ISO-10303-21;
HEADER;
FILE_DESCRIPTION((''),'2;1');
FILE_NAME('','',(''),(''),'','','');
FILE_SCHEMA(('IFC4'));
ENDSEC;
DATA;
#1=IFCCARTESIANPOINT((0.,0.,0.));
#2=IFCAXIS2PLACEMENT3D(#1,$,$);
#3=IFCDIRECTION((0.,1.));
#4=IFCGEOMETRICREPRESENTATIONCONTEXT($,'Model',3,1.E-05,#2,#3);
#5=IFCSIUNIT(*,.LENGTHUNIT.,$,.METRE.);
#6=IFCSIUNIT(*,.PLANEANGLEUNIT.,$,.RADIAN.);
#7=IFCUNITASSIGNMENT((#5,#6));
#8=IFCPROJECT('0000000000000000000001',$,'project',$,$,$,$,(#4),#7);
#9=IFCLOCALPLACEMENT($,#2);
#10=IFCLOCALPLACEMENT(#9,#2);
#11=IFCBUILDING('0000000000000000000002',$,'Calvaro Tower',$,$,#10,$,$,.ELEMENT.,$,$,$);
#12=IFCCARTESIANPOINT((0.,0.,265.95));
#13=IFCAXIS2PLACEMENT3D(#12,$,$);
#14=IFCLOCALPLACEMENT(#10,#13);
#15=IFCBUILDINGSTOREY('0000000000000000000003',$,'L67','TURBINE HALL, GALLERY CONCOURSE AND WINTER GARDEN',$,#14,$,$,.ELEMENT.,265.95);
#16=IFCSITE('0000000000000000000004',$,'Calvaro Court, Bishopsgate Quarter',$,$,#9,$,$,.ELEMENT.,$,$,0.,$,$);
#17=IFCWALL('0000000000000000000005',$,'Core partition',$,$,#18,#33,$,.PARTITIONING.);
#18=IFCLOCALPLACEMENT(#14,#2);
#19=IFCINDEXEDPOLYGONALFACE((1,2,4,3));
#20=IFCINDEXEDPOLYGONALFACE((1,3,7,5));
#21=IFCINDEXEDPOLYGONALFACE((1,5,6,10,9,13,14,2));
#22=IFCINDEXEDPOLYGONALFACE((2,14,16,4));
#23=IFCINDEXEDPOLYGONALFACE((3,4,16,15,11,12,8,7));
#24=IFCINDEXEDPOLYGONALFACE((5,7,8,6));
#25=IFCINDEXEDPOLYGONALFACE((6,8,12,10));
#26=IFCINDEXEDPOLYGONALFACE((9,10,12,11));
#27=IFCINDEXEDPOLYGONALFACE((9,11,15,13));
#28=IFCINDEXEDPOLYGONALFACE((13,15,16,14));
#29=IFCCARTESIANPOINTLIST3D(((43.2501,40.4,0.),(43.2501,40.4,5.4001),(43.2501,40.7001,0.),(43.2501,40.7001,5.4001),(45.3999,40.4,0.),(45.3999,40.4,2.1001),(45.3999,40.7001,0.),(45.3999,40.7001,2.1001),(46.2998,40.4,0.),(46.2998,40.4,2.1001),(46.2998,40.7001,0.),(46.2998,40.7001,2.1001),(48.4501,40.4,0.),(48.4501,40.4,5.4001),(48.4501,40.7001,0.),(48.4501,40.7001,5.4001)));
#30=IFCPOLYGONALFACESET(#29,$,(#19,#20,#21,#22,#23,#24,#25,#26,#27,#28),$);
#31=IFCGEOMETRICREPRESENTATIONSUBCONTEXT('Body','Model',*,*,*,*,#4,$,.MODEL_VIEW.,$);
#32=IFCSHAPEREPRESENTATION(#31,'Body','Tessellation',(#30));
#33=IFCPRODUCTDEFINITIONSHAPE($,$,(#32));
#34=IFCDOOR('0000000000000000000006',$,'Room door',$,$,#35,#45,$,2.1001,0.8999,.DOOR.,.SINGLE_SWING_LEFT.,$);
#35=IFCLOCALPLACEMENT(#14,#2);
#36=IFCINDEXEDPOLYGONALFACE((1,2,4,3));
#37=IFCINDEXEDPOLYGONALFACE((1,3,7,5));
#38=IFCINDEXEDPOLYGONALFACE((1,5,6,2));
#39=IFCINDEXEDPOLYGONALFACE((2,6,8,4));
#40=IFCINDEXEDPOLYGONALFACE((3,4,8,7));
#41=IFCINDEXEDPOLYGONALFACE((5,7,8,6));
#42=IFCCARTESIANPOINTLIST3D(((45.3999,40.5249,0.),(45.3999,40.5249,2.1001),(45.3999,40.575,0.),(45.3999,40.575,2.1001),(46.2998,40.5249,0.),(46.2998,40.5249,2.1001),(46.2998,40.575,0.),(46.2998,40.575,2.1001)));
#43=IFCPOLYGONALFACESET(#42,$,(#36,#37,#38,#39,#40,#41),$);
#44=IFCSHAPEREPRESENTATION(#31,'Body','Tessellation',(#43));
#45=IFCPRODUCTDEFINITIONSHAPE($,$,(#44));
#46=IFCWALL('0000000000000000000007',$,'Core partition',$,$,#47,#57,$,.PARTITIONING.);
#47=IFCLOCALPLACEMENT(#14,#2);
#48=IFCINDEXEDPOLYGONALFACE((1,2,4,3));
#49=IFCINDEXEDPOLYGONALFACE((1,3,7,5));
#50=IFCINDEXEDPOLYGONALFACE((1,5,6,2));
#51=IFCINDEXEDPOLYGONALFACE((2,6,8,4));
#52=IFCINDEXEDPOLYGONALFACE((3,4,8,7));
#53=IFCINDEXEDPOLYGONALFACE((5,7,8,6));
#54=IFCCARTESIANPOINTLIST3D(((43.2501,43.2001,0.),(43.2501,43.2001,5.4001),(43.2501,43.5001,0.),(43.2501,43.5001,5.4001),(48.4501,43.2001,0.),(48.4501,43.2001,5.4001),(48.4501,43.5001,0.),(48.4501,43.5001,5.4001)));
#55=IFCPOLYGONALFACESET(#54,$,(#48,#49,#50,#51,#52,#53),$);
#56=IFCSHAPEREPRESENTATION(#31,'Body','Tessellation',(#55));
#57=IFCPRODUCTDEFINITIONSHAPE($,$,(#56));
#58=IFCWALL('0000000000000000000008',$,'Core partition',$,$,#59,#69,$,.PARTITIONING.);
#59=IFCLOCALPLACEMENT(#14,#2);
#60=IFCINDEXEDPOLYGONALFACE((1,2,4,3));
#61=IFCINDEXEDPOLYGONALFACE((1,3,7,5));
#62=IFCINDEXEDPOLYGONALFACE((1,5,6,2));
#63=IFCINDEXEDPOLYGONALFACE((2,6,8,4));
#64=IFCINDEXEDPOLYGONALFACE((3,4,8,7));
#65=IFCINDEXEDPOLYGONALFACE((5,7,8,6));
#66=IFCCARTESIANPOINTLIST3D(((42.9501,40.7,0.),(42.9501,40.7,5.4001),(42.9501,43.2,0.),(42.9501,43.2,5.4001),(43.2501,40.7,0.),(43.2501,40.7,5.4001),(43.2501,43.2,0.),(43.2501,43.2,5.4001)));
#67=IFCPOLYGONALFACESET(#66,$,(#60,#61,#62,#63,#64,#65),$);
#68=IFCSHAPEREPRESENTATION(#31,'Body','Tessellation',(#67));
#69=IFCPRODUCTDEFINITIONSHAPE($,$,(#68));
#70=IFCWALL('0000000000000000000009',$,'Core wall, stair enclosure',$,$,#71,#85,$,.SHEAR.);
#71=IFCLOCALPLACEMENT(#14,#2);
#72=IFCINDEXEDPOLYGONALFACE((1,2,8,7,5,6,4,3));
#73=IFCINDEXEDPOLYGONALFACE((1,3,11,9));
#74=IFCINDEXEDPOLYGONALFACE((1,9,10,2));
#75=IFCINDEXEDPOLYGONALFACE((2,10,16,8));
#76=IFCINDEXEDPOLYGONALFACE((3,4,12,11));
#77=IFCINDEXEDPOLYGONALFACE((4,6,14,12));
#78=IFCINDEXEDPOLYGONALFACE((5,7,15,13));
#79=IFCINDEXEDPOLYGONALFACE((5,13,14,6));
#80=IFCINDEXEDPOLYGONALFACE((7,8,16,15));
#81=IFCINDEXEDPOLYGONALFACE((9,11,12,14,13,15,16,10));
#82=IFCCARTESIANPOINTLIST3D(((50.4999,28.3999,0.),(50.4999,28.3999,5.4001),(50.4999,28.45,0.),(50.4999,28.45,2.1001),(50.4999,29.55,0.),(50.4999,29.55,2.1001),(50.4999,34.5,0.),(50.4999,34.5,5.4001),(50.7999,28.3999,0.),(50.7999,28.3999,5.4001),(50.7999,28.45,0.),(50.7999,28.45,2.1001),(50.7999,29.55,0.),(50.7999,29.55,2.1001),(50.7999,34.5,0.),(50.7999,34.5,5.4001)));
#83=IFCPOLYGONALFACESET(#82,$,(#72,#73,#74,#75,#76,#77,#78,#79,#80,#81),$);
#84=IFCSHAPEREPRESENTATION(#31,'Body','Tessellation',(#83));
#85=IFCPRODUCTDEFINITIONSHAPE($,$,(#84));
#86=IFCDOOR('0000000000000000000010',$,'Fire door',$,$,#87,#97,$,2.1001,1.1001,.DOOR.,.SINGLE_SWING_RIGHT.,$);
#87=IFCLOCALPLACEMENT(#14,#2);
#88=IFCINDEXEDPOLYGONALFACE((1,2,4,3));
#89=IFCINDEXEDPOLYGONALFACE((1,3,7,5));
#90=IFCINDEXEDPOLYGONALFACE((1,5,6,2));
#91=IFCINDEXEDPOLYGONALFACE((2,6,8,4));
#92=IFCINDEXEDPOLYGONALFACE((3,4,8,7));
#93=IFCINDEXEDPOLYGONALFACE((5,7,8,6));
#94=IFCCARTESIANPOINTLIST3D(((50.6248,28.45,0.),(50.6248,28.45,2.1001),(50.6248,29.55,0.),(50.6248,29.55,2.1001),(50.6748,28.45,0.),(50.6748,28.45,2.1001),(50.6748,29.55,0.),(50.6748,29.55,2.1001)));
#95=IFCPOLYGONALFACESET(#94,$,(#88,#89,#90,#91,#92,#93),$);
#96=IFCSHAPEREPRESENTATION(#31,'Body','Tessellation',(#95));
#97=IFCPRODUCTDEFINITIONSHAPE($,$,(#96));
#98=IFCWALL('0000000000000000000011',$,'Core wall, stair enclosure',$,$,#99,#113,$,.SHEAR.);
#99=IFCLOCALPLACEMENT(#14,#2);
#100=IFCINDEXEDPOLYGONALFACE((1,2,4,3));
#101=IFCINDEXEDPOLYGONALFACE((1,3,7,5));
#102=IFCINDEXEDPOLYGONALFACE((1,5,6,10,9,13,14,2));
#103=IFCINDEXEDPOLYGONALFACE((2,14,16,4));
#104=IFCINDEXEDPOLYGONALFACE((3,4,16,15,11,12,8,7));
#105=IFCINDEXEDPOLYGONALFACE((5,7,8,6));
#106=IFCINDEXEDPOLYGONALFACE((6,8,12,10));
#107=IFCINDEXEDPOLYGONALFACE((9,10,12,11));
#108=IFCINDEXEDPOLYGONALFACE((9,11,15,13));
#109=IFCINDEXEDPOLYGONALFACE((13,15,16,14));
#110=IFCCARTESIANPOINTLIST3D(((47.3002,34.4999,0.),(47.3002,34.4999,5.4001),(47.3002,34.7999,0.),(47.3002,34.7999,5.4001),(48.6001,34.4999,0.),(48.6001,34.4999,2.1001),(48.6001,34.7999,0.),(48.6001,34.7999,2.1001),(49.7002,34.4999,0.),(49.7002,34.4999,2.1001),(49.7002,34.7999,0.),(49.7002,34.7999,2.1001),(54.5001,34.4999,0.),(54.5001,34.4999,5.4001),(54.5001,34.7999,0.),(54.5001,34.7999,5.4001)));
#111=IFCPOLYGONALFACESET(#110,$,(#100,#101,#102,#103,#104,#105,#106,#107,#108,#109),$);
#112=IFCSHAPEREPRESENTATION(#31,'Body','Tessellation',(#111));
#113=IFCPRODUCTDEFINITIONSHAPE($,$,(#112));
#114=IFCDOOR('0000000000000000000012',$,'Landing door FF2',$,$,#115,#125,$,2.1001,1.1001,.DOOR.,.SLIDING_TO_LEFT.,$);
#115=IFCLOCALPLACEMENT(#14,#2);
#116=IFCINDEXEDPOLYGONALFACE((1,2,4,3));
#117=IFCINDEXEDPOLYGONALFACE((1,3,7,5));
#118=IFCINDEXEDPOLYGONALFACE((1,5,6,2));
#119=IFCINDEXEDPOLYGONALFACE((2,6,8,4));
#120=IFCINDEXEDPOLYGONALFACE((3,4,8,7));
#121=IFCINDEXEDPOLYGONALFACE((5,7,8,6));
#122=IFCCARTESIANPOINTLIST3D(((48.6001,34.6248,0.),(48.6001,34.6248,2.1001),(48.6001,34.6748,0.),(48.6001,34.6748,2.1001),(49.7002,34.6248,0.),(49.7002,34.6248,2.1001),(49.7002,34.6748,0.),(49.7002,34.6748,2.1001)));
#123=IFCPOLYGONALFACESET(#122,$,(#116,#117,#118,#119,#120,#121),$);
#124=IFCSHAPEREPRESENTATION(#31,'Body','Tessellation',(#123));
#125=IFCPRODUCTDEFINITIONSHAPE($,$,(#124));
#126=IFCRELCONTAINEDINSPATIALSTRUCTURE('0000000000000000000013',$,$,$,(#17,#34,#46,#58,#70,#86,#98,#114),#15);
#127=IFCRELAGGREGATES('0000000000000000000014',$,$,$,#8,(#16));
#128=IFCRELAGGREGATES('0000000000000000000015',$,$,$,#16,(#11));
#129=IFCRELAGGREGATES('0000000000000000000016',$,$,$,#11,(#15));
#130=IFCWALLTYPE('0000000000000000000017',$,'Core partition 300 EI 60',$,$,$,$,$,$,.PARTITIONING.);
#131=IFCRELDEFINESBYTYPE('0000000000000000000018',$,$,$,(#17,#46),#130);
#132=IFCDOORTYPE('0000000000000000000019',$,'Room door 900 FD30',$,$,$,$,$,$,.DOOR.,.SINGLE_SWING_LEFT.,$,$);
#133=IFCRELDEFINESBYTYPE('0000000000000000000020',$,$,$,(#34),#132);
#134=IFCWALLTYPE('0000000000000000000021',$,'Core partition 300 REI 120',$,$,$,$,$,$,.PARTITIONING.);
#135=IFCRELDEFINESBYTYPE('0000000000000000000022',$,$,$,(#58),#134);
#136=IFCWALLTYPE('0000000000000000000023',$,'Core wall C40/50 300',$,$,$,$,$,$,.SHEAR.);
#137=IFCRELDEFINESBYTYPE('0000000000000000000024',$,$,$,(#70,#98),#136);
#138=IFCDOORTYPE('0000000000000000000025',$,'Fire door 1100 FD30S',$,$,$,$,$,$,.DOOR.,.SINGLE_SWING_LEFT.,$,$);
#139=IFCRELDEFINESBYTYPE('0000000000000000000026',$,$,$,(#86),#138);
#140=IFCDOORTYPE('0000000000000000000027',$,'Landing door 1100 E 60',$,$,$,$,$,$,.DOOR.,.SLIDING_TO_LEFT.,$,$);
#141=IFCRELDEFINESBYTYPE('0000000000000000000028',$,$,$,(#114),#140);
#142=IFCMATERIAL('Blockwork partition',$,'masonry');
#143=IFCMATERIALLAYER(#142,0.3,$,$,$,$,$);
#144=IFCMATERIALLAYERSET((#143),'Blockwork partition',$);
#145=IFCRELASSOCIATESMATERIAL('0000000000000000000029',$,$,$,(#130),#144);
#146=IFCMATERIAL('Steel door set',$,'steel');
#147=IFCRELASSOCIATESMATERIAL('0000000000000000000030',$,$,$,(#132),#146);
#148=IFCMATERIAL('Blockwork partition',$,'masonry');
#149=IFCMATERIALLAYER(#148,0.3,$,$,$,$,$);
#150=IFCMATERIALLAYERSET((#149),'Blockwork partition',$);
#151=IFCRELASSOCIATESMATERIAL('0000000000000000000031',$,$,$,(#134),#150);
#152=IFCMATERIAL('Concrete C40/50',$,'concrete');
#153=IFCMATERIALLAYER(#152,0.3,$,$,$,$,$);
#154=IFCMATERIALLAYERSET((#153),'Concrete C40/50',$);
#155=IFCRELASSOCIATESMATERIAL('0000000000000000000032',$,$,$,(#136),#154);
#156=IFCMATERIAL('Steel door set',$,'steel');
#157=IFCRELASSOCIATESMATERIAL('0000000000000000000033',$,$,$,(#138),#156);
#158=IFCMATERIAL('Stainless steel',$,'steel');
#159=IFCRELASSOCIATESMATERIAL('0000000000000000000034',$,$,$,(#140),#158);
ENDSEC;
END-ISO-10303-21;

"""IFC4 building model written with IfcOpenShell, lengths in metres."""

from ifc_helpers import new_model, si_unit, direction, frame, frame_2d, origin, place, context, subcontext, project, spatial, rectangle, extrude, material, layer, layer_set, type_object, element, fill, save


model = new_model("IFC4")

# Units and contexts
model_context = context("Model", 3, precision=1e-05, world=origin(), true_north=direction((0.0, 1.0)))
body_context = subcontext(model_context, "Body", "Model", "MODEL_VIEW")
ifc_project = project(units=[si_unit("LENGTHUNIT", "METRE"), si_unit("PLANEANGLEUNIT", "RADIAN")], contexts=[model_context])

# Site, building, storey
site_placement = place(None, origin())
site = spatial("IfcSite", under=ifc_project, at=site_placement, Name="Calvaro Court, Bishopsgate Quarter", CompositionType="ELEMENT", RefElevation=0.0)
building_placement = place(site_placement, origin())
building = spatial("IfcBuilding", under=site, at=building_placement, Name="Calvaro Tower", CompositionType="ELEMENT")
storey_placement = place(building_placement, frame((0.0, 0.0, 265.95)))
storey = spatial("IfcBuildingStorey", under=building, at=storey_placement, Name="L67", Description="TURBINE HALL, GALLERY CONCOURSE AND WINTER GARDEN", CompositionType="ELEMENT", Elevation=265.95)

# Wall, opening, door
ifc_material_1 = material(Name="Blockwork partition", Category="masonry")
ifc_layer_1 = layer(ifc_material_1, 0.3)
ifc_layer_set_1 = layer_set([ifc_layer_1], Name="Blockwork partition")
wall_type_1 = type_object("IfcWallType", Name="Core partition 300 EI 60", PredefinedType="PARTITIONING", material=ifc_layer_set_1)
wall_1_placement = place(storey_placement, frame((43.25, 40.55, 0.0), z_axis=(0.0, 0.0, 1.0), x_axis=(1.0, 0.0, 0.0)))
wall_1 = element("IfcWall", 1, at=wall_1_placement, inside=storey, type_object=wall_type_1, Name="Core partition", PredefinedType="PARTITIONING", context=body_context, shape_type="SweptSolid", body=[
    extrude(rectangle(XDim=5.2, YDim=0.3, at=frame_2d((2.6001, 0.0))), origin(), (0.0, 0.0, 1.0), 5.4001),
])
opening_1_placement = place(wall_1_placement, frame((2.1499, 0.0, 0.0)))
opening_1 = element("IfcOpeningElement", 2, at=opening_1_placement, cuts=wall_1, PredefinedType="OPENING", context=body_context, shape_type="SweptSolid", body=[
    extrude(rectangle(XDim=0.8999, YDim=2.1001, at=frame_2d((0.45, 1.05))), frame((0.0, 0.1599, 0.0), z_axis=(0.0, -1.0, 0.0), x_axis=(1.0, 0.0, 0.0)), (0.0, 0.0, 1.0), 0.3201),
])
ifc_material_2 = material(Name="Steel door set", Category="steel")
door_type_1 = type_object("IfcDoorType", Name="Room door 900 FD30", OperationType="SINGLE_SWING_LEFT", PredefinedType="DOOR", material=ifc_material_2)
door_1_placement = place(opening_1_placement, origin())
door_1 = element("IfcDoor", 3, at=door_1_placement, inside=storey, type_object=door_type_1, Name="Room door", OperationType="SINGLE_SWING_LEFT", OverallHeight=2.1001, OverallWidth=0.8999, PredefinedType="DOOR", context=body_context, shape_type="SweptSolid", body=[
    extrude(rectangle(XDim=0.8999, YDim=2.1001, at=frame_2d((0.45, 1.05))), frame((0.0, 0.0249, 0.0), z_axis=(0.0, -1.0, 0.0), x_axis=(1.0, 0.0, 0.0)), (0.0, 0.0, 1.0), 0.05),
])
fill(opening_1, door_1)

# Walls
wall_2_placement = place(storey_placement, frame((43.25, 43.3501, 0.0), z_axis=(0.0, 0.0, 1.0), x_axis=(1.0, 0.0, 0.0)))
element("IfcWall", 4, at=wall_2_placement, inside=storey, type_object=wall_type_1, Name="Core partition", PredefinedType="PARTITIONING", context=body_context, shape_type="SweptSolid", body=[
    extrude(rectangle(XDim=5.2, YDim=0.3, at=frame_2d((2.6001, 0.0))), origin(), (0.0, 0.0, 1.0), 5.4001),
])
ifc_material_3 = material(Name="Blockwork partition", Category="masonry")
ifc_layer_2 = layer(ifc_material_3, 0.3)
ifc_layer_set_2 = layer_set([ifc_layer_2], Name="Blockwork partition")
wall_type_2 = type_object("IfcWallType", Name="Core partition 300 REI 120", PredefinedType="PARTITIONING", material=ifc_layer_set_2)
wall_3_placement = place(storey_placement, frame((43.1001, 40.7, 0.0), z_axis=(0.0, 0.0, 1.0), x_axis=(0.0, 1.0, 0.0)))
element("IfcWall", 5, at=wall_3_placement, inside=storey, type_object=wall_type_2, Name="Core partition", PredefinedType="PARTITIONING", context=body_context, shape_type="SweptSolid", body=[
    extrude(rectangle(XDim=2.5, YDim=0.3, at=frame_2d((1.25, 0.0))), origin(), (0.0, 0.0, 1.0), 5.4001),
])

# Walls, openings, doors
ifc_material_4 = material(Name="Concrete C40/50", Category="concrete")
ifc_layer_3 = layer(ifc_material_4, 0.3)
ifc_layer_set_3 = layer_set([ifc_layer_3], Name="Concrete C40/50")
wall_type_3 = type_object("IfcWallType", Name="Core wall C40/50 300", PredefinedType="SHEAR", material=ifc_layer_set_3)
wall_4_placement = place(storey_placement, frame((50.6499, 34.5, 0.0), z_axis=(0.0, 0.0, 1.0), x_axis=(0.0, -1.0, 0.0)))
wall_4 = element("IfcWall", 6, at=wall_4_placement, inside=storey, type_object=wall_type_3, Name="Core wall, stair enclosure", PredefinedType="SHEAR", context=body_context, shape_type="SweptSolid", body=[
    extrude(rectangle(XDim=6.1001, YDim=0.3, at=frame_2d((3.05, 0.0))), origin(), (0.0, 0.0, 1.0), 5.4001),
])
opening_2_placement = place(wall_4_placement, frame((4.95, 0.0, 0.0)))
opening_2 = element("IfcOpeningElement", 7, at=opening_2_placement, cuts=wall_4, PredefinedType="OPENING", context=body_context, shape_type="SweptSolid", body=[
    extrude(rectangle(XDim=1.1001, YDim=2.1001, at=frame_2d((0.55, 1.05))), frame((0.0, 0.1599, 0.0), z_axis=(0.0, -1.0, 0.0), x_axis=(1.0, 0.0, 0.0)), (0.0, 0.0, 1.0), 0.3201),
])
ifc_material_5 = material(Name="Steel door set", Category="steel")
door_type_2 = type_object("IfcDoorType", Name="Fire door 1100 FD30S", OperationType="SINGLE_SWING_LEFT", PredefinedType="DOOR", material=ifc_material_5)
door_2_placement = place(opening_2_placement, origin())
door_2 = element("IfcDoor", 8, at=door_2_placement, inside=storey, type_object=door_type_2, Name="Fire door", OperationType="SINGLE_SWING_RIGHT", OverallHeight=2.1001, OverallWidth=1.1001, PredefinedType="DOOR", context=body_context, shape_type="SweptSolid", body=[
    extrude(rectangle(XDim=1.1001, YDim=2.1001, at=frame_2d((0.55, 1.05))), frame((0.0, 0.0249, 0.0), z_axis=(0.0, -1.0, 0.0), x_axis=(1.0, 0.0, 0.0)), (0.0, 0.0, 1.0), 0.05),
])
fill(opening_2, door_2)
wall_5_placement = place(storey_placement, frame((47.3, 34.6499, 0.0), z_axis=(0.0, 0.0, 1.0), x_axis=(1.0, 0.0, 0.0)))
wall_5 = element("IfcWall", 9, at=wall_5_placement, inside=storey, type_object=wall_type_3, Name="Core wall, stair enclosure", PredefinedType="SHEAR", context=body_context, shape_type="SweptSolid", body=[
    extrude(rectangle(XDim=7.2, YDim=0.3, at=frame_2d((3.6001, 0.0))), origin(), (0.0, 0.0, 1.0), 5.4001),
])
opening_3_placement = place(wall_5_placement, frame((1.3, 0.0, 0.0)))
opening_3 = element("IfcOpeningElement", 10, at=opening_3_placement, cuts=wall_5, PredefinedType="OPENING", context=body_context, shape_type="SweptSolid", body=[
    extrude(rectangle(XDim=1.1001, YDim=2.1001, at=frame_2d((0.55, 1.05))), frame((0.0, 0.1599, 0.0), z_axis=(0.0, -1.0, 0.0), x_axis=(1.0, 0.0, 0.0)), (0.0, 0.0, 1.0), 0.3201),
])
ifc_material_6 = material(Name="Stainless steel", Category="steel")
door_type_3 = type_object("IfcDoorType", Name="Landing door 1100 E 60", OperationType="SLIDING_TO_LEFT", PredefinedType="DOOR", material=ifc_material_6)
door_3_placement = place(opening_3_placement, origin())
door_3 = element("IfcDoor", 11, at=door_3_placement, inside=storey, type_object=door_type_3, Name="Landing door FF2", OperationType="SLIDING_TO_LEFT", OverallHeight=2.1001, OverallWidth=1.1001, PredefinedType="DOOR", context=body_context, shape_type="SweptSolid", body=[
    extrude(rectangle(XDim=1.1001, YDim=2.1001, at=frame_2d((0.55, 1.05))), frame((0.0, 0.0249, 0.0), z_axis=(0.0, -1.0, 0.0), x_axis=(1.0, 0.0, 0.0)), (0.0, 0.0, 1.0), 0.05),
])
fill(opening_3, door_3)

save(model, "model.ifc")
